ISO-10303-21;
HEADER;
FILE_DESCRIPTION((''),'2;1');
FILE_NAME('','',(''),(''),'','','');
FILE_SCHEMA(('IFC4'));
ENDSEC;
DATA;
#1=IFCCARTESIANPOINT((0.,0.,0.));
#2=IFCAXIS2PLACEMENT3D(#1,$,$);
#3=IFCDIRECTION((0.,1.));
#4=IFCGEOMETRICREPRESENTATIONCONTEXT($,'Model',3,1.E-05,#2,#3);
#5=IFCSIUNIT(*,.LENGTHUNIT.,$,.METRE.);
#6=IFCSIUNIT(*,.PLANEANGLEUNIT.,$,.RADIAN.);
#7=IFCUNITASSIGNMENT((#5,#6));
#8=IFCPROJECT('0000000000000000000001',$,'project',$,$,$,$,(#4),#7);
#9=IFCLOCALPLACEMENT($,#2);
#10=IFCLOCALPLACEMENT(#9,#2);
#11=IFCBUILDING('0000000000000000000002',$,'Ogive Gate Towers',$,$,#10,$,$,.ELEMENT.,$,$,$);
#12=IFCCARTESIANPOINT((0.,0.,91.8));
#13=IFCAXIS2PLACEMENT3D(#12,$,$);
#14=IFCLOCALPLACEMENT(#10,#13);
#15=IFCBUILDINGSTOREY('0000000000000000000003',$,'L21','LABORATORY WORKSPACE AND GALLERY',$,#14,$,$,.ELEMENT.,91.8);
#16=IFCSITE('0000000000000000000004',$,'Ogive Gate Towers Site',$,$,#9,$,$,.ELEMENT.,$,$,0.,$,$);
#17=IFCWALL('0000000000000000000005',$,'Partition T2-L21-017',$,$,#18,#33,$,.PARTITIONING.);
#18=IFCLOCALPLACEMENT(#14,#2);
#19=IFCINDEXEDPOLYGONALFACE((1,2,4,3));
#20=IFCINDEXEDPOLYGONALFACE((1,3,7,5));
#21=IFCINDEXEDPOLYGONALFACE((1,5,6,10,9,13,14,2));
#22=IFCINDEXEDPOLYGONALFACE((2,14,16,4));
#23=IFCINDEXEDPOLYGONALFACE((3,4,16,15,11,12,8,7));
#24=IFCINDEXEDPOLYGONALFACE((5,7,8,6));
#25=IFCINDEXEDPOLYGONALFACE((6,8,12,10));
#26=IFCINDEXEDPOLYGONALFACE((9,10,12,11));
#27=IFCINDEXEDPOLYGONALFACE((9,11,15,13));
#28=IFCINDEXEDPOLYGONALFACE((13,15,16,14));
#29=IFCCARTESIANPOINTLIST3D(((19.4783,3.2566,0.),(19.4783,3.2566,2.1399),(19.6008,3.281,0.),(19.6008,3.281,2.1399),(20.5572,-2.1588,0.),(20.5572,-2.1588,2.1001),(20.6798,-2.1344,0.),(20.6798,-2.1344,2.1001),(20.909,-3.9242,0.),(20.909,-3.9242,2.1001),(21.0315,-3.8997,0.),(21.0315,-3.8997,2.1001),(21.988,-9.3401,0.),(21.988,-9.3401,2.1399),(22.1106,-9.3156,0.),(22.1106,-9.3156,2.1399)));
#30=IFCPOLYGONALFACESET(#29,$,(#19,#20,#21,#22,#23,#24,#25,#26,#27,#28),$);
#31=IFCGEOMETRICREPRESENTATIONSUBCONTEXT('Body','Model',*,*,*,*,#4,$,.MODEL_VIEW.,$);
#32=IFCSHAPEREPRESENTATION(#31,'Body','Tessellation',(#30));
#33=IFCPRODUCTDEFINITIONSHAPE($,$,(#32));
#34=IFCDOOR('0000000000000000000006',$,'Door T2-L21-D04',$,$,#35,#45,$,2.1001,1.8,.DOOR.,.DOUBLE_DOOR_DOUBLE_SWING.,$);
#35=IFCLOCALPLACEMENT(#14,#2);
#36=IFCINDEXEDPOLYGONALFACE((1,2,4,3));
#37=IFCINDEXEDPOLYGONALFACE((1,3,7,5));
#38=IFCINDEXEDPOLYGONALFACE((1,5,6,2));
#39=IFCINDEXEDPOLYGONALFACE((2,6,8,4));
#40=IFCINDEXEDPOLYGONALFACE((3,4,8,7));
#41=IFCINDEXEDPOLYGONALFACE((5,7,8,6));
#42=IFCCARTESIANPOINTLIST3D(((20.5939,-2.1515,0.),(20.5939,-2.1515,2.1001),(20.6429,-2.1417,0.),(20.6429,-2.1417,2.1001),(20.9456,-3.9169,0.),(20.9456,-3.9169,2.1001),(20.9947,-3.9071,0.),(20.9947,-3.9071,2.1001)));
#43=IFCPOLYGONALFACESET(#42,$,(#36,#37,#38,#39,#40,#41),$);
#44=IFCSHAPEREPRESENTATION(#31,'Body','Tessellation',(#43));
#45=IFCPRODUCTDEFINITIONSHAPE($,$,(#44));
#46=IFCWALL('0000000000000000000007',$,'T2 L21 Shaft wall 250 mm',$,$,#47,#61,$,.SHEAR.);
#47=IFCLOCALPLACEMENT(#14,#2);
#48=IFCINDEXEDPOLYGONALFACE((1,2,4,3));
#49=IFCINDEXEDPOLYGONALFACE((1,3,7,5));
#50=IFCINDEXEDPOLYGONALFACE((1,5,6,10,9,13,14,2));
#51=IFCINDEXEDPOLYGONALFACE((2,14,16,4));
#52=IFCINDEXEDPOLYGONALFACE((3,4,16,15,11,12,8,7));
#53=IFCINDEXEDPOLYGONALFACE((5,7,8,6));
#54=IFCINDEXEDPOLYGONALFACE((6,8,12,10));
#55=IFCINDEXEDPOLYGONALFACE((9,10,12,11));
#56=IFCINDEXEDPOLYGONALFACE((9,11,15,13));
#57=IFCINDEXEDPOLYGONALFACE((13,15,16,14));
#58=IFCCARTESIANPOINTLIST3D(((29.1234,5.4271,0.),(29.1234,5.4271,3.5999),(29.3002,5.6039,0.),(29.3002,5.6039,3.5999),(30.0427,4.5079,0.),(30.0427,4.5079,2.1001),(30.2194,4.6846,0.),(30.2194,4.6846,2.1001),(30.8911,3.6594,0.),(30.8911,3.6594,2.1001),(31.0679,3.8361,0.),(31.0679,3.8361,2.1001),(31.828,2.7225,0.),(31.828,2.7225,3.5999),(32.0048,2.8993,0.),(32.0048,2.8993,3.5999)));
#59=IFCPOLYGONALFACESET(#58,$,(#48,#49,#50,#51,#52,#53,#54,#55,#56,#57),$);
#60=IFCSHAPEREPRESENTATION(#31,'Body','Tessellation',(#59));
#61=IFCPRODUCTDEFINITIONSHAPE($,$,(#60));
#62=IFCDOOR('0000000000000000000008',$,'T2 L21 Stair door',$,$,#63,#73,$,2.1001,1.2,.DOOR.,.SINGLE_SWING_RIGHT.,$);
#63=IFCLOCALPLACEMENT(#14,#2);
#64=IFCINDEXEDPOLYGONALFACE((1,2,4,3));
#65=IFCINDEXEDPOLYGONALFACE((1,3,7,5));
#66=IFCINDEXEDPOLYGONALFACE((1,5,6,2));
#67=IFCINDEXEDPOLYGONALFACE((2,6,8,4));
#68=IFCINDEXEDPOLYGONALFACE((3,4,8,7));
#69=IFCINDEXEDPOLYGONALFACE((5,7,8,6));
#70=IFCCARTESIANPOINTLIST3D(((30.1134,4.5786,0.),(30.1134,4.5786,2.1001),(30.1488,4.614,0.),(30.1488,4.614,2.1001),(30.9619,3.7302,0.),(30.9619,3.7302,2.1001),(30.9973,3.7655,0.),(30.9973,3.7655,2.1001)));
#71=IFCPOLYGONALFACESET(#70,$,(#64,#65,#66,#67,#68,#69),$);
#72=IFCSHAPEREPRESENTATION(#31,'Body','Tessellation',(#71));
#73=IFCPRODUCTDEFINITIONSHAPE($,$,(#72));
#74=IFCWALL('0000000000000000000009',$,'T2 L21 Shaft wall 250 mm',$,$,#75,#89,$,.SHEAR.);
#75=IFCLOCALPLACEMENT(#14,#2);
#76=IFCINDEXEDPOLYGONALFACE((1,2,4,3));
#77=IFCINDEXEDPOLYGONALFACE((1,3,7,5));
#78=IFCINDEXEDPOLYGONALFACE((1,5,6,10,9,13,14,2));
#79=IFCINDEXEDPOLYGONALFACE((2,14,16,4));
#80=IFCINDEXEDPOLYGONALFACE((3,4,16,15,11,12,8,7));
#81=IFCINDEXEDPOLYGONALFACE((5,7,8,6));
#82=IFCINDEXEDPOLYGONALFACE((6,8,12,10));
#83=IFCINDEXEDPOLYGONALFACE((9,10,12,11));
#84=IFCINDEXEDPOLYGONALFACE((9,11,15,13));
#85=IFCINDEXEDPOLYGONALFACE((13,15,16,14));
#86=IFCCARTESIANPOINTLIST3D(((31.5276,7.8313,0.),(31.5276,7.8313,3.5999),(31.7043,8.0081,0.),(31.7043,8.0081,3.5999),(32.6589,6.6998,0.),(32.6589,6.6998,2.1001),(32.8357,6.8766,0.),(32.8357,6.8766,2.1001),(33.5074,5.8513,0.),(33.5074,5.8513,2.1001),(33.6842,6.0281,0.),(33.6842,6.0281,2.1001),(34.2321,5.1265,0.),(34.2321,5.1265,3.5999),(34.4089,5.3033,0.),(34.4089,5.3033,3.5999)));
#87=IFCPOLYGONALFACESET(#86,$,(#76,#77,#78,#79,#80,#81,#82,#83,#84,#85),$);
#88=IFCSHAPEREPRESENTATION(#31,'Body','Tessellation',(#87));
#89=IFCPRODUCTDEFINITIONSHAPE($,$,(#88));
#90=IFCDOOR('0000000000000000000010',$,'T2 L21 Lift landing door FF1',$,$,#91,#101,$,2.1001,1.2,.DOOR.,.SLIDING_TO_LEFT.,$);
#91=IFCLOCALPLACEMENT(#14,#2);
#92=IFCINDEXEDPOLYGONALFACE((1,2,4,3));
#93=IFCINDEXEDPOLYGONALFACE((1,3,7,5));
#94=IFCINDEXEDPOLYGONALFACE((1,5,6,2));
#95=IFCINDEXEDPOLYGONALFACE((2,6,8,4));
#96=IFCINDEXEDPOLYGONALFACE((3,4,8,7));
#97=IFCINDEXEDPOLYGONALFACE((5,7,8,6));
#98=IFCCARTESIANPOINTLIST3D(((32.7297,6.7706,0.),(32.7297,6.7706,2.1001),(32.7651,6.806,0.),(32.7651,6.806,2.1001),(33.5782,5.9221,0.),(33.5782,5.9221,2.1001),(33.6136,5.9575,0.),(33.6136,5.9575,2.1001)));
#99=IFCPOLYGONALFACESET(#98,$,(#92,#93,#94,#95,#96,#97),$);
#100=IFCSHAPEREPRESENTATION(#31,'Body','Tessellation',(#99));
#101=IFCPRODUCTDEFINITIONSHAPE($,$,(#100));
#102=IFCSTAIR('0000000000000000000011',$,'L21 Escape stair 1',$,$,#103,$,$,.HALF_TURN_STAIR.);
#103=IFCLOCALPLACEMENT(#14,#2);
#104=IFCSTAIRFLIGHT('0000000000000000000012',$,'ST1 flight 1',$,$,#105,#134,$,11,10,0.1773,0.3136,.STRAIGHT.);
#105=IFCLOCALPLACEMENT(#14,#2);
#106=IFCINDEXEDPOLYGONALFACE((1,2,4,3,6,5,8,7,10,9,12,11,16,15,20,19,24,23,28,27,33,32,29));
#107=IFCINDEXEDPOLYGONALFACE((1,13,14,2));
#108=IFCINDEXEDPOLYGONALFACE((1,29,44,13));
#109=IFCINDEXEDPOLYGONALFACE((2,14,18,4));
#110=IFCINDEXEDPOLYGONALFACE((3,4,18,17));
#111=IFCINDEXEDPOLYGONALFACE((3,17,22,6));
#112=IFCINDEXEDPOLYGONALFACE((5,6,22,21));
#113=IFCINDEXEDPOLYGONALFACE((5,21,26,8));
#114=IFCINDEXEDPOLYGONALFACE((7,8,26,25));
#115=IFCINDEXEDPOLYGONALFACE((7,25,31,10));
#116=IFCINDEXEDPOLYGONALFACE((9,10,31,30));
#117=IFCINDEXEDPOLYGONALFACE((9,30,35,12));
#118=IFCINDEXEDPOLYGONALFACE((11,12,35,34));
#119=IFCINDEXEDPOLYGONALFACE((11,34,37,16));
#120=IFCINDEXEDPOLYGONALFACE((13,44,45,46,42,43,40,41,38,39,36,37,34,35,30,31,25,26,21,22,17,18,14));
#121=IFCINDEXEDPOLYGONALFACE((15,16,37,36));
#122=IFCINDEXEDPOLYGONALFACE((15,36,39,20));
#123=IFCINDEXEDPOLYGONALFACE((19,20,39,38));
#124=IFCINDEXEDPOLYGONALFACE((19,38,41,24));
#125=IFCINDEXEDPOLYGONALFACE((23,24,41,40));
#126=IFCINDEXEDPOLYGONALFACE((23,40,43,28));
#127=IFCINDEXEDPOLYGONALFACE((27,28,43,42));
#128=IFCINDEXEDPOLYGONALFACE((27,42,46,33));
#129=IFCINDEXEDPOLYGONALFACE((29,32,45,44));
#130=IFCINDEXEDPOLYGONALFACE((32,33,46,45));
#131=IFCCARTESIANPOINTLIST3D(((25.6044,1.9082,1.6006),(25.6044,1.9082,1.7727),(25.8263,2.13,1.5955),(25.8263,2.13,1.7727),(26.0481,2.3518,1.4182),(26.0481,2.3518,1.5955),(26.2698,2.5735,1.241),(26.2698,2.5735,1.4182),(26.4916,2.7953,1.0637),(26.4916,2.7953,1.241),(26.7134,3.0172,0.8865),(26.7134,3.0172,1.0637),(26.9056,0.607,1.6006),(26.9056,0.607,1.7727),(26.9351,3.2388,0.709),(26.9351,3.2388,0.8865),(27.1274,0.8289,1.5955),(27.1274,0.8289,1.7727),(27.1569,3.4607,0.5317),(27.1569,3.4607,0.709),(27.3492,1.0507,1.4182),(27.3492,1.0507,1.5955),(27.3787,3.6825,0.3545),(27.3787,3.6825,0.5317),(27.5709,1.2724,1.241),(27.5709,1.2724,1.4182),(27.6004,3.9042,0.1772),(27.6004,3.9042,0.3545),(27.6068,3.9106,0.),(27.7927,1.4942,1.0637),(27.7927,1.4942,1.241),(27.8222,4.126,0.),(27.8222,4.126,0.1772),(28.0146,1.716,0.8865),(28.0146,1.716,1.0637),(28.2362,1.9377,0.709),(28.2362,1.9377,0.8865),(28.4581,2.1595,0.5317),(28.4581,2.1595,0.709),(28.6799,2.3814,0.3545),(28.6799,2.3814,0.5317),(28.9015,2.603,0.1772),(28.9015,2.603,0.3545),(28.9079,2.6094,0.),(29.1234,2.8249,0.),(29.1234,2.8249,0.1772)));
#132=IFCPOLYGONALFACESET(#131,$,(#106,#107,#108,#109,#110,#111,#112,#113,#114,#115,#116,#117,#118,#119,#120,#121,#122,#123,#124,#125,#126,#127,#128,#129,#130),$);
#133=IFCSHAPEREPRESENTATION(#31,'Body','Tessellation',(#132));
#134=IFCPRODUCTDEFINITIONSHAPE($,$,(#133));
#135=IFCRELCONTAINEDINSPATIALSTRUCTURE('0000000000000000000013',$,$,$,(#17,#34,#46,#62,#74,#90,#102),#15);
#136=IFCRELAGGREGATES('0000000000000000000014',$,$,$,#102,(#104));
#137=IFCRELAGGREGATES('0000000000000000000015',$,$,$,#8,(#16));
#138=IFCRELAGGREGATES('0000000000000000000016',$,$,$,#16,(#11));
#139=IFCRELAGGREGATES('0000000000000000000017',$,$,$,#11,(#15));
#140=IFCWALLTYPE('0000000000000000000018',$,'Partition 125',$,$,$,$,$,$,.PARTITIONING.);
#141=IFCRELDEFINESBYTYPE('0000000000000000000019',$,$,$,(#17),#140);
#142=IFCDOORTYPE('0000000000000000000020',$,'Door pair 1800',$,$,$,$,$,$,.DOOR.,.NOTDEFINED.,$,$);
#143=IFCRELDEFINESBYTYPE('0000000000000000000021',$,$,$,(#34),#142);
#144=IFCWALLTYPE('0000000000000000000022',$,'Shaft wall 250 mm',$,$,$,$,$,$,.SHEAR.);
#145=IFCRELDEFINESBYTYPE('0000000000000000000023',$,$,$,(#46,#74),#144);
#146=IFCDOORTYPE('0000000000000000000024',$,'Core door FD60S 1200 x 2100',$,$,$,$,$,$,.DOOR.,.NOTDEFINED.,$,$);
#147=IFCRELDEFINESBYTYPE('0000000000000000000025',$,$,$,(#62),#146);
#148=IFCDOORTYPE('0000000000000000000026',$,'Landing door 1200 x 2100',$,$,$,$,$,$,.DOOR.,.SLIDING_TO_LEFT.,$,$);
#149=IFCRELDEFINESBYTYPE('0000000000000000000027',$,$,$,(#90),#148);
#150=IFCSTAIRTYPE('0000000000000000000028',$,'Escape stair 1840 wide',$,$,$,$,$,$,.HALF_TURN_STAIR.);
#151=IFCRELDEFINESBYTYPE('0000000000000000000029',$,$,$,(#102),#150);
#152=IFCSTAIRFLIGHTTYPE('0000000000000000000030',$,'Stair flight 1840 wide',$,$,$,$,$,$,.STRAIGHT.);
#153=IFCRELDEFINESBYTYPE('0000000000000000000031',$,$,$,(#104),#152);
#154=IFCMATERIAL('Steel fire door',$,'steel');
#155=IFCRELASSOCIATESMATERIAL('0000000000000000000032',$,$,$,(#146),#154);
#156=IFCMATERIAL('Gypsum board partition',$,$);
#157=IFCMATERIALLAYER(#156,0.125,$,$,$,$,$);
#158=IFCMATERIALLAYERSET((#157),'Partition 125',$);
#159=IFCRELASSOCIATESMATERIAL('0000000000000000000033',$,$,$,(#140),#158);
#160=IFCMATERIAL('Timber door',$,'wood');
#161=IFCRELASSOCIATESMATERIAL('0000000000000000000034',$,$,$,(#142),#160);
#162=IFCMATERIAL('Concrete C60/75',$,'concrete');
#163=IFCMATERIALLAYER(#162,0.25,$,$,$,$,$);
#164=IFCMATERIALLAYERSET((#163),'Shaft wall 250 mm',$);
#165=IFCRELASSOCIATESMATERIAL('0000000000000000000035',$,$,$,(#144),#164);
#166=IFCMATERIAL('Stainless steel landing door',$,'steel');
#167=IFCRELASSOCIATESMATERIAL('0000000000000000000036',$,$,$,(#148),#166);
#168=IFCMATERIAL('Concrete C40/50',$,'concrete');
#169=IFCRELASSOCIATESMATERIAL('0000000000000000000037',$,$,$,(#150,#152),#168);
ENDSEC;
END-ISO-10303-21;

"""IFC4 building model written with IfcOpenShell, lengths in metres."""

from ifc_helpers import new_model, si_unit, direction, frame, frame_2d, origin, place, context, subcontext, project, spatial, polyline, rectangle, outline, extrude, material, layer, layer_set, type_object, element, fill, aggregate, save


model = new_model("IFC4")

# Units and contexts
model_context = context("Model", 3, precision=1e-05, world=origin(), true_north=direction((0.0, 1.0)))
body_context = subcontext(model_context, "Body", "Model", "MODEL_VIEW")
ifc_project = project(units=[si_unit("LENGTHUNIT", "METRE"), si_unit("PLANEANGLEUNIT", "RADIAN")], contexts=[model_context])

# Site, building, storey
site_placement = place(None, origin())
site = spatial("IfcSite", under=ifc_project, at=site_placement, Name="Ogive Gate Towers Site", CompositionType="ELEMENT", RefElevation=0.0)
building_placement = place(site_placement, origin())
building = spatial("IfcBuilding", under=site, at=building_placement, Name="Ogive Gate Towers", CompositionType="ELEMENT")
storey_placement = place(building_placement, frame((0.0, 0.0, 91.8)))
storey = spatial("IfcBuildingStorey", under=building, at=storey_placement, Name="L21", Description="LABORATORY WORKSPACE AND GALLERY", CompositionType="ELEMENT", Elevation=91.8)

# Shared definitions
ifc_material_1 = material(Name="Concrete C40/50", Category="concrete")

# Shared definitions
ifc_material_2 = material(Name="Concrete C60/75", Category="concrete")
ifc_material_3 = material(Name="Timber door", Category="wood")
ifc_material_4 = material(Name="Steel fire door", Category="steel")
door_type_1 = type_object("IfcDoorType", Name="Core door FD60S 1200 x 2100", OperationType="NOTDEFINED", PredefinedType="DOOR", material=ifc_material_4)

# Shared definitions
ifc_material_5 = material(Name="Gypsum board partition")
ifc_layer_1 = layer(ifc_material_5, 0.125)
ifc_layer_set_1 = layer_set([ifc_layer_1], Name="Partition 125")
wall_type_1 = type_object("IfcWallType", Name="Partition 125", PredefinedType="PARTITIONING", material=ifc_layer_set_1)

# Walls, openings, doors
door_type_2 = type_object("IfcDoorType", Name="Door pair 1800", OperationType="NOTDEFINED", PredefinedType="DOOR", material=ifc_material_3)
wall_1_placement = place(storey_placement, frame((19.5396, 3.2688, 0.0), z_axis=(0.0, 0.0, 1.0), x_axis=(0.1954, -0.980724, 0.0)))
wall_1 = element("IfcWall", 1, at=wall_1_placement, inside=storey, type_object=wall_type_1, Name="Partition T2-L21-017", PredefinedType="PARTITIONING", context=body_context, shape_type="SweptSolid", body=[
    extrude(rectangle(XDim=12.8442, YDim=0.125, at=frame_2d((6.4221, 0.0))), origin(), (0.0, 0.0, 1.0), 2.1399),
])
opening_1_placement = place(wall_1_placement, frame((5.522, 0.0, 0.0)))
opening_1 = element("IfcOpeningElement", 2, at=opening_1_placement, cuts=wall_1, PredefinedType="OPENING", context=body_context, shape_type="SweptSolid", body=[
    extrude(rectangle(XDim=1.8, YDim=2.1001, at=frame_2d((0.8999, 1.05))), frame((0.0, 0.0725, 0.0), z_axis=(0.0, -1.0, 0.0), x_axis=(1.0, 0.0, 0.0)), (0.0, 0.0, 1.0), 0.145),
])
door_1_placement = place(opening_1_placement, origin())
door_1 = element("IfcDoor", 3, at=door_1_placement, inside=storey, type_object=door_type_2, Name="Door T2-L21-D04", OperationType="DOUBLE_DOOR_DOUBLE_SWING", OverallHeight=2.1001, OverallWidth=1.8, PredefinedType="DOOR", context=body_context, shape_type="SweptSolid", body=[
    extrude(rectangle(XDim=1.8, YDim=2.1001, at=frame_2d((0.8999, 1.05))), frame((0.0, 0.0249, 0.0), z_axis=(0.0, -1.0, 0.0), x_axis=(1.0, 0.0, 0.0)), (0.0, 0.0, 1.0), 0.05),
])
fill(opening_1, door_1)
ifc_layer_2 = layer(ifc_material_2, 0.25)
ifc_layer_set_2 = layer_set([ifc_layer_2], Name="Shaft wall 250 mm")
wall_type_2 = type_object("IfcWallType", Name="Shaft wall 250 mm", PredefinedType="SHEAR", material=ifc_layer_set_2)
wall_2_placement = place(storey_placement, frame((31.9165, 2.8108, 0.0), z_axis=(0.0, 0.0, 1.0), x_axis=(-0.707107, 0.707107, 0.0)))
wall_2 = element("IfcWall", 4, at=wall_2_placement, inside=storey, type_object=wall_type_2, Name="T2 L21 Shaft wall 250 mm", PredefinedType="SHEAR", context=body_context, shape_type="SweptSolid", body=[
    extrude(rectangle(XDim=3.825, YDim=0.25, at=frame_2d((1.9126, 0.0))), origin(), (0.0, 0.0, 1.0), 3.5999),
])
opening_2_placement = place(wall_2_placement, frame((1.325, 0.0, 0.0)))
opening_2 = element("IfcOpeningElement", 5, at=opening_2_placement, cuts=wall_2, PredefinedType="OPENING", context=body_context, shape_type="SweptSolid", body=[
    extrude(rectangle(XDim=1.2, YDim=2.1001, at=frame_2d((0.6001, 1.05))), frame((0.0, 0.135, 0.0), z_axis=(0.0, -1.0, 0.0), x_axis=(1.0, 0.0, 0.0)), (0.0, 0.0, 1.0), 0.27),
])
door_2_placement = place(opening_2_placement, origin())
door_2 = element("IfcDoor", 6, at=door_2_placement, inside=storey, type_object=door_type_1, Name="T2 L21 Stair door", OperationType="SINGLE_SWING_RIGHT", OverallHeight=2.1001, OverallWidth=1.2, PredefinedType="DOOR", context=body_context, shape_type="SweptSolid", body=[
    extrude(rectangle(XDim=1.2, YDim=2.1001, at=frame_2d((0.6001, 1.05))), frame((0.0, 0.0249, 0.0), z_axis=(0.0, -1.0, 0.0), x_axis=(1.0, 0.0, 0.0)), (0.0, 0.0, 1.0), 0.05),
])
fill(opening_2, door_2)
wall_3_placement = place(storey_placement, frame((34.3206, 5.2148, 0.0), z_axis=(0.0, 0.0, 1.0), x_axis=(-0.707075, 0.707139, 0.0)))
wall_3 = element("IfcWall", 7, at=wall_3_placement, inside=storey, type_object=wall_type_2, Name="T2 L21 Shaft wall 250 mm", PredefinedType="SHEAR", context=body_context, shape_type="SweptSolid", body=[
    extrude(rectangle(XDim=3.825, YDim=0.25, at=frame_2d((1.9126, 0.0))), origin(), (0.0, 0.0, 1.0), 3.5999),
])
opening_3_placement = place(wall_3_placement, frame((1.0249, 0.0, 0.0)))
opening_3 = element("IfcOpeningElement", 8, at=opening_3_placement, cuts=wall_3, PredefinedType="OPENING", context=body_context, shape_type="SweptSolid", body=[
    extrude(rectangle(XDim=1.2, YDim=2.1001, at=frame_2d((0.6001, 1.05))), frame((0.0, 0.135, 0.0), z_axis=(0.0, -1.0, 0.0), x_axis=(1.0, 0.0, 0.0)), (0.0, 0.0, 1.0), 0.27),
])
ifc_material_6 = material(Name="Stainless steel landing door", Category="steel")
door_type_3 = type_object("IfcDoorType", Name="Landing door 1200 x 2100", OperationType="SLIDING_TO_LEFT", PredefinedType="DOOR", material=ifc_material_6)
door_3_placement = place(opening_3_placement, origin())
door_3 = element("IfcDoor", 9, at=door_3_placement, inside=storey, type_object=door_type_3, Name="T2 L21 Lift landing door FF1", OperationType="SLIDING_TO_LEFT", OverallHeight=2.1001, OverallWidth=1.2, PredefinedType="DOOR", context=body_context, shape_type="SweptSolid", body=[
    extrude(rectangle(XDim=1.2, YDim=2.1001, at=frame_2d((0.6001, 1.05))), frame((0.0, 0.0249, 0.0), z_axis=(0.0, -1.0, 0.0), x_axis=(1.0, 0.0, 0.0)), (0.0, 0.0, 1.0), 0.05),
])
fill(opening_3, door_3)

# Stair, stair flight
stair_type = type_object("IfcStairType", Name="Escape stair 1840 wide", PredefinedType="HALF_TURN_STAIR", material=ifc_material_1)
stair_placement = place(storey_placement, origin())
stair = element("IfcStair", 10, at=stair_placement, inside=storey, type_object=stair_type, Name="L21 Escape stair 1", PredefinedType="HALF_TURN_STAIR")
stair_flight_type = type_object("IfcStairFlightType", Name="Stair flight 1840 wide", PredefinedType="STRAIGHT", material=ifc_material_1)
stair_flight_placement = place(storey_placement, frame((28.4729, 3.4753, 0.0), z_axis=(0.0, 0.0, 1.0), x_axis=(-0.707107, -0.707107, 0.0)))
stair_flight = element("IfcStairFlight", 11, at=stair_flight_placement, type_object=stair_flight_type, Name="ST1 flight 1", NumberOfRisers=11, NumberOfTreads=10, PredefinedType="STRAIGHT", RiserHeight=0.1773, TreadLength=0.3136, context=body_context, shape_type="SweptSolid", body=[
    extrude(outline(polyline([(0.0, 0.0), (0.0, 0.1772), (0.3137, 0.1772), (0.3137, 0.3545), (0.6272, 0.3545), (0.6272, 0.5317), (0.9409, 0.5317), (0.9409, 0.709), (1.2546, 0.709), (1.2546, 0.8865), (1.5681, 0.8865), (1.5681, 1.0637), (1.8818, 1.0637), (1.8818, 1.241), (2.1956, 1.241), (2.1956, 1.4182), (2.509, 1.4182), (2.509, 1.5955), (2.8228, 1.5955), (2.8228, 1.7727), (3.1365, 1.7727), (3.1365, 1.95), (3.1365, 1.6006), (0.3047, 0.0), (0.0, 0.0)])), frame((0.0, 0.9199, 0.0), z_axis=(0.0, -1.0, 0.0), x_axis=(1.0, 0.0, 0.0)), (0.0, 0.0, 1.0), 1.8401),
])
aggregate(stair, [stair_flight])

save(model, "model.ifc")
